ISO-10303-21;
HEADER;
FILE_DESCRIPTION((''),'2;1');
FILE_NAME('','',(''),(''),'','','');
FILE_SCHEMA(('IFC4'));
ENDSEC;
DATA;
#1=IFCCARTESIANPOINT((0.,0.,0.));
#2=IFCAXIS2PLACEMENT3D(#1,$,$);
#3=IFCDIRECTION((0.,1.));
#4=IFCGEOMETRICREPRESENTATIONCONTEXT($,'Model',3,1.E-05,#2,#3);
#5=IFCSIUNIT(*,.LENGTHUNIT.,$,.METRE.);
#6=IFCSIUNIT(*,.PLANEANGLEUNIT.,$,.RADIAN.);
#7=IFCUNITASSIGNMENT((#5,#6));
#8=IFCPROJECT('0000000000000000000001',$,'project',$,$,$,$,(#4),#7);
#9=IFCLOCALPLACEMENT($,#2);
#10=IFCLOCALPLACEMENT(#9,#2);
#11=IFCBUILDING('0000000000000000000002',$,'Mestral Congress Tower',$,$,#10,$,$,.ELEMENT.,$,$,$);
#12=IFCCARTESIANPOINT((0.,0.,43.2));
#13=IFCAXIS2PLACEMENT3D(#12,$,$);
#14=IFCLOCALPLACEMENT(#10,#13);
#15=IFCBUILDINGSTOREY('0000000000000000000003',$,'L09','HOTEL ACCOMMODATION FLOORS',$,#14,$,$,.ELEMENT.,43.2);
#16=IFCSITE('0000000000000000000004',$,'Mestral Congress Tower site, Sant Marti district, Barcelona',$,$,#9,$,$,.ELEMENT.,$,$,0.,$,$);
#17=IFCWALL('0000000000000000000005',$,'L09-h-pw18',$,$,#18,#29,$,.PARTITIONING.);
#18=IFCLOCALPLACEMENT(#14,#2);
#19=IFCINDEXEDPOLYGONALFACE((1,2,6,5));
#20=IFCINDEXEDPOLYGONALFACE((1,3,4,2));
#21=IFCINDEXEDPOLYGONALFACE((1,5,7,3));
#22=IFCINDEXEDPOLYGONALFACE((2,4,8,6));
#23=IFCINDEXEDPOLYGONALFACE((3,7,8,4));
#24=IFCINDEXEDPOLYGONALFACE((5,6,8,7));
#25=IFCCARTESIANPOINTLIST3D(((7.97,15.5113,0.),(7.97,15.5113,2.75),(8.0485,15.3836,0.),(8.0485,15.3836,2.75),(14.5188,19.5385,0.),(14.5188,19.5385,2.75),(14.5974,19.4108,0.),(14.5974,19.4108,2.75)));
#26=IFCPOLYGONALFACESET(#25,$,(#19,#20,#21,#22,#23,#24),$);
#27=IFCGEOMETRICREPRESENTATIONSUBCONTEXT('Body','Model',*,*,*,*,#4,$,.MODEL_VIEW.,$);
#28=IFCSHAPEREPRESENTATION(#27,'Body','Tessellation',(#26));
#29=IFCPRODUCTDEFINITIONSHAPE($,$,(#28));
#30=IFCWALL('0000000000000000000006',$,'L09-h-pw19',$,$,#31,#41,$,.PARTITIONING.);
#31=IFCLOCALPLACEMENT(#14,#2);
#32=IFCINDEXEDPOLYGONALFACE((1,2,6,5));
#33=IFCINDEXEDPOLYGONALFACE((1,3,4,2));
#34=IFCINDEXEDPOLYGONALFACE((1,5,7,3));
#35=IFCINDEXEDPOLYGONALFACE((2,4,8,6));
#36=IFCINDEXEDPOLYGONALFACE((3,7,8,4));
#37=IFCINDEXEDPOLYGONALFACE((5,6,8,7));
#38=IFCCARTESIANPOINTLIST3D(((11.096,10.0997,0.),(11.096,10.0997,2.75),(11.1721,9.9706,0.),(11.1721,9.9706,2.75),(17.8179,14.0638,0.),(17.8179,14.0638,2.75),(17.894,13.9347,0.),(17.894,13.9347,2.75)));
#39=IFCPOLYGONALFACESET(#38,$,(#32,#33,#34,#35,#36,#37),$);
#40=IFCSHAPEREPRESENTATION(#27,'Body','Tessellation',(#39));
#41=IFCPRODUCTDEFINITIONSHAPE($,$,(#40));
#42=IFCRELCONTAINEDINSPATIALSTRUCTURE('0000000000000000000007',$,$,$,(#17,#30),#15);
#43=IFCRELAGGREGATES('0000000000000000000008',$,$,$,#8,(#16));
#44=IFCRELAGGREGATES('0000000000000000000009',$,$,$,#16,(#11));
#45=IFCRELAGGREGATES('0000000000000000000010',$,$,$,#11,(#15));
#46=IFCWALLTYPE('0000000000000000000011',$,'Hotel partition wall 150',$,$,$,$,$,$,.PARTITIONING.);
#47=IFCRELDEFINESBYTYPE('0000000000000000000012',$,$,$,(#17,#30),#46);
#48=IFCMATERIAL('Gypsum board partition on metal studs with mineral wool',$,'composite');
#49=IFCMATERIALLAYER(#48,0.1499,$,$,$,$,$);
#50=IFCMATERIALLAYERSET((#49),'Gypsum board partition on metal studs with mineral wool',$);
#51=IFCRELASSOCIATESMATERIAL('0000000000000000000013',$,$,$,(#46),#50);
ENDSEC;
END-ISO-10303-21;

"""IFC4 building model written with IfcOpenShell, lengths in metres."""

from ifc_helpers import new_model, si_unit, direction, frame, frame_2d, origin, place, context, subcontext, project, spatial, rectangle, extrude, material, layer, layer_set, type_object, element, save


model = new_model("IFC4")

# Units and contexts
model_context = context("Model", 3, precision=1e-05, world=origin(), true_north=direction((0.0, 1.0)))
body_context = subcontext(model_context, "Body", "Model", "MODEL_VIEW")
ifc_project = project(units=[si_unit("LENGTHUNIT", "METRE"), si_unit("PLANEANGLEUNIT", "RADIAN")], contexts=[model_context])

# Site, building, storey
site_placement = place(None, origin())
site = spatial("IfcSite", under=ifc_project, at=site_placement, Name="Mestral Congress Tower site, Sant Marti district, Barcelona", CompositionType="ELEMENT", RefElevation=0.0)
building_placement = place(site_placement, origin())
building = spatial("IfcBuilding", under=site, at=building_placement, Name="Mestral Congress Tower", CompositionType="ELEMENT")
storey_placement = place(building_placement, frame((0.0, 0.0, 43.2)))
storey = spatial("IfcBuildingStorey", under=building, at=storey_placement, Name="L09", Description="HOTEL ACCOMMODATION FLOORS", CompositionType="ELEMENT", Elevation=43.2)

# Shared definitions
ifc_material_1 = material(Name="Gypsum board partition on metal studs with mineral wool", Category="composite")

# Walls
ifc_layer_1 = layer(ifc_material_1, 0.1499)
ifc_layer_set_1 = layer_set([ifc_layer_1], Name="Gypsum board partition on metal studs with mineral wool")
wall_type_1 = type_object("IfcWallType", Name="Hotel partition wall 150", PredefinedType="PARTITIONING", material=ifc_layer_set_1)
wall_1_placement = place(storey_placement, frame((14.5581, 19.4746, 0.0), z_axis=(0.0, 0.0, 1.0), x_axis=(-0.851829, -0.523819, 0.0)))
element("IfcWall", 1, at=wall_1_placement, inside=storey, type_object=wall_type_1, Name="L09-h-pw18", PredefinedType="PARTITIONING", context=body_context, shape_type="SweptSolid", body=[
    extrude(rectangle(XDim=7.688, YDim=0.1499, at=frame_2d((3.844, 0.0))), origin(), (0.0, 0.0, 1.0), 2.75),
])
wall_2_placement = place(storey_placement, frame((17.856, 13.9993, 0.0), z_axis=(0.0, 0.0, 1.0), x_axis=(-0.861372, -0.507975, 0.0)))
element("IfcWall", 2, at=wall_2_placement, inside=storey, type_object=wall_type_1, Name="L09-h-pw19", PredefinedType="PARTITIONING", context=body_context, shape_type="SweptSolid", body=[
    extrude(rectangle(XDim=7.8037, YDim=0.1499, at=frame_2d((3.9019, 0.0))), origin(), (0.0, 0.0, 1.0), 2.75),
])

save(model, "model.ifc")
